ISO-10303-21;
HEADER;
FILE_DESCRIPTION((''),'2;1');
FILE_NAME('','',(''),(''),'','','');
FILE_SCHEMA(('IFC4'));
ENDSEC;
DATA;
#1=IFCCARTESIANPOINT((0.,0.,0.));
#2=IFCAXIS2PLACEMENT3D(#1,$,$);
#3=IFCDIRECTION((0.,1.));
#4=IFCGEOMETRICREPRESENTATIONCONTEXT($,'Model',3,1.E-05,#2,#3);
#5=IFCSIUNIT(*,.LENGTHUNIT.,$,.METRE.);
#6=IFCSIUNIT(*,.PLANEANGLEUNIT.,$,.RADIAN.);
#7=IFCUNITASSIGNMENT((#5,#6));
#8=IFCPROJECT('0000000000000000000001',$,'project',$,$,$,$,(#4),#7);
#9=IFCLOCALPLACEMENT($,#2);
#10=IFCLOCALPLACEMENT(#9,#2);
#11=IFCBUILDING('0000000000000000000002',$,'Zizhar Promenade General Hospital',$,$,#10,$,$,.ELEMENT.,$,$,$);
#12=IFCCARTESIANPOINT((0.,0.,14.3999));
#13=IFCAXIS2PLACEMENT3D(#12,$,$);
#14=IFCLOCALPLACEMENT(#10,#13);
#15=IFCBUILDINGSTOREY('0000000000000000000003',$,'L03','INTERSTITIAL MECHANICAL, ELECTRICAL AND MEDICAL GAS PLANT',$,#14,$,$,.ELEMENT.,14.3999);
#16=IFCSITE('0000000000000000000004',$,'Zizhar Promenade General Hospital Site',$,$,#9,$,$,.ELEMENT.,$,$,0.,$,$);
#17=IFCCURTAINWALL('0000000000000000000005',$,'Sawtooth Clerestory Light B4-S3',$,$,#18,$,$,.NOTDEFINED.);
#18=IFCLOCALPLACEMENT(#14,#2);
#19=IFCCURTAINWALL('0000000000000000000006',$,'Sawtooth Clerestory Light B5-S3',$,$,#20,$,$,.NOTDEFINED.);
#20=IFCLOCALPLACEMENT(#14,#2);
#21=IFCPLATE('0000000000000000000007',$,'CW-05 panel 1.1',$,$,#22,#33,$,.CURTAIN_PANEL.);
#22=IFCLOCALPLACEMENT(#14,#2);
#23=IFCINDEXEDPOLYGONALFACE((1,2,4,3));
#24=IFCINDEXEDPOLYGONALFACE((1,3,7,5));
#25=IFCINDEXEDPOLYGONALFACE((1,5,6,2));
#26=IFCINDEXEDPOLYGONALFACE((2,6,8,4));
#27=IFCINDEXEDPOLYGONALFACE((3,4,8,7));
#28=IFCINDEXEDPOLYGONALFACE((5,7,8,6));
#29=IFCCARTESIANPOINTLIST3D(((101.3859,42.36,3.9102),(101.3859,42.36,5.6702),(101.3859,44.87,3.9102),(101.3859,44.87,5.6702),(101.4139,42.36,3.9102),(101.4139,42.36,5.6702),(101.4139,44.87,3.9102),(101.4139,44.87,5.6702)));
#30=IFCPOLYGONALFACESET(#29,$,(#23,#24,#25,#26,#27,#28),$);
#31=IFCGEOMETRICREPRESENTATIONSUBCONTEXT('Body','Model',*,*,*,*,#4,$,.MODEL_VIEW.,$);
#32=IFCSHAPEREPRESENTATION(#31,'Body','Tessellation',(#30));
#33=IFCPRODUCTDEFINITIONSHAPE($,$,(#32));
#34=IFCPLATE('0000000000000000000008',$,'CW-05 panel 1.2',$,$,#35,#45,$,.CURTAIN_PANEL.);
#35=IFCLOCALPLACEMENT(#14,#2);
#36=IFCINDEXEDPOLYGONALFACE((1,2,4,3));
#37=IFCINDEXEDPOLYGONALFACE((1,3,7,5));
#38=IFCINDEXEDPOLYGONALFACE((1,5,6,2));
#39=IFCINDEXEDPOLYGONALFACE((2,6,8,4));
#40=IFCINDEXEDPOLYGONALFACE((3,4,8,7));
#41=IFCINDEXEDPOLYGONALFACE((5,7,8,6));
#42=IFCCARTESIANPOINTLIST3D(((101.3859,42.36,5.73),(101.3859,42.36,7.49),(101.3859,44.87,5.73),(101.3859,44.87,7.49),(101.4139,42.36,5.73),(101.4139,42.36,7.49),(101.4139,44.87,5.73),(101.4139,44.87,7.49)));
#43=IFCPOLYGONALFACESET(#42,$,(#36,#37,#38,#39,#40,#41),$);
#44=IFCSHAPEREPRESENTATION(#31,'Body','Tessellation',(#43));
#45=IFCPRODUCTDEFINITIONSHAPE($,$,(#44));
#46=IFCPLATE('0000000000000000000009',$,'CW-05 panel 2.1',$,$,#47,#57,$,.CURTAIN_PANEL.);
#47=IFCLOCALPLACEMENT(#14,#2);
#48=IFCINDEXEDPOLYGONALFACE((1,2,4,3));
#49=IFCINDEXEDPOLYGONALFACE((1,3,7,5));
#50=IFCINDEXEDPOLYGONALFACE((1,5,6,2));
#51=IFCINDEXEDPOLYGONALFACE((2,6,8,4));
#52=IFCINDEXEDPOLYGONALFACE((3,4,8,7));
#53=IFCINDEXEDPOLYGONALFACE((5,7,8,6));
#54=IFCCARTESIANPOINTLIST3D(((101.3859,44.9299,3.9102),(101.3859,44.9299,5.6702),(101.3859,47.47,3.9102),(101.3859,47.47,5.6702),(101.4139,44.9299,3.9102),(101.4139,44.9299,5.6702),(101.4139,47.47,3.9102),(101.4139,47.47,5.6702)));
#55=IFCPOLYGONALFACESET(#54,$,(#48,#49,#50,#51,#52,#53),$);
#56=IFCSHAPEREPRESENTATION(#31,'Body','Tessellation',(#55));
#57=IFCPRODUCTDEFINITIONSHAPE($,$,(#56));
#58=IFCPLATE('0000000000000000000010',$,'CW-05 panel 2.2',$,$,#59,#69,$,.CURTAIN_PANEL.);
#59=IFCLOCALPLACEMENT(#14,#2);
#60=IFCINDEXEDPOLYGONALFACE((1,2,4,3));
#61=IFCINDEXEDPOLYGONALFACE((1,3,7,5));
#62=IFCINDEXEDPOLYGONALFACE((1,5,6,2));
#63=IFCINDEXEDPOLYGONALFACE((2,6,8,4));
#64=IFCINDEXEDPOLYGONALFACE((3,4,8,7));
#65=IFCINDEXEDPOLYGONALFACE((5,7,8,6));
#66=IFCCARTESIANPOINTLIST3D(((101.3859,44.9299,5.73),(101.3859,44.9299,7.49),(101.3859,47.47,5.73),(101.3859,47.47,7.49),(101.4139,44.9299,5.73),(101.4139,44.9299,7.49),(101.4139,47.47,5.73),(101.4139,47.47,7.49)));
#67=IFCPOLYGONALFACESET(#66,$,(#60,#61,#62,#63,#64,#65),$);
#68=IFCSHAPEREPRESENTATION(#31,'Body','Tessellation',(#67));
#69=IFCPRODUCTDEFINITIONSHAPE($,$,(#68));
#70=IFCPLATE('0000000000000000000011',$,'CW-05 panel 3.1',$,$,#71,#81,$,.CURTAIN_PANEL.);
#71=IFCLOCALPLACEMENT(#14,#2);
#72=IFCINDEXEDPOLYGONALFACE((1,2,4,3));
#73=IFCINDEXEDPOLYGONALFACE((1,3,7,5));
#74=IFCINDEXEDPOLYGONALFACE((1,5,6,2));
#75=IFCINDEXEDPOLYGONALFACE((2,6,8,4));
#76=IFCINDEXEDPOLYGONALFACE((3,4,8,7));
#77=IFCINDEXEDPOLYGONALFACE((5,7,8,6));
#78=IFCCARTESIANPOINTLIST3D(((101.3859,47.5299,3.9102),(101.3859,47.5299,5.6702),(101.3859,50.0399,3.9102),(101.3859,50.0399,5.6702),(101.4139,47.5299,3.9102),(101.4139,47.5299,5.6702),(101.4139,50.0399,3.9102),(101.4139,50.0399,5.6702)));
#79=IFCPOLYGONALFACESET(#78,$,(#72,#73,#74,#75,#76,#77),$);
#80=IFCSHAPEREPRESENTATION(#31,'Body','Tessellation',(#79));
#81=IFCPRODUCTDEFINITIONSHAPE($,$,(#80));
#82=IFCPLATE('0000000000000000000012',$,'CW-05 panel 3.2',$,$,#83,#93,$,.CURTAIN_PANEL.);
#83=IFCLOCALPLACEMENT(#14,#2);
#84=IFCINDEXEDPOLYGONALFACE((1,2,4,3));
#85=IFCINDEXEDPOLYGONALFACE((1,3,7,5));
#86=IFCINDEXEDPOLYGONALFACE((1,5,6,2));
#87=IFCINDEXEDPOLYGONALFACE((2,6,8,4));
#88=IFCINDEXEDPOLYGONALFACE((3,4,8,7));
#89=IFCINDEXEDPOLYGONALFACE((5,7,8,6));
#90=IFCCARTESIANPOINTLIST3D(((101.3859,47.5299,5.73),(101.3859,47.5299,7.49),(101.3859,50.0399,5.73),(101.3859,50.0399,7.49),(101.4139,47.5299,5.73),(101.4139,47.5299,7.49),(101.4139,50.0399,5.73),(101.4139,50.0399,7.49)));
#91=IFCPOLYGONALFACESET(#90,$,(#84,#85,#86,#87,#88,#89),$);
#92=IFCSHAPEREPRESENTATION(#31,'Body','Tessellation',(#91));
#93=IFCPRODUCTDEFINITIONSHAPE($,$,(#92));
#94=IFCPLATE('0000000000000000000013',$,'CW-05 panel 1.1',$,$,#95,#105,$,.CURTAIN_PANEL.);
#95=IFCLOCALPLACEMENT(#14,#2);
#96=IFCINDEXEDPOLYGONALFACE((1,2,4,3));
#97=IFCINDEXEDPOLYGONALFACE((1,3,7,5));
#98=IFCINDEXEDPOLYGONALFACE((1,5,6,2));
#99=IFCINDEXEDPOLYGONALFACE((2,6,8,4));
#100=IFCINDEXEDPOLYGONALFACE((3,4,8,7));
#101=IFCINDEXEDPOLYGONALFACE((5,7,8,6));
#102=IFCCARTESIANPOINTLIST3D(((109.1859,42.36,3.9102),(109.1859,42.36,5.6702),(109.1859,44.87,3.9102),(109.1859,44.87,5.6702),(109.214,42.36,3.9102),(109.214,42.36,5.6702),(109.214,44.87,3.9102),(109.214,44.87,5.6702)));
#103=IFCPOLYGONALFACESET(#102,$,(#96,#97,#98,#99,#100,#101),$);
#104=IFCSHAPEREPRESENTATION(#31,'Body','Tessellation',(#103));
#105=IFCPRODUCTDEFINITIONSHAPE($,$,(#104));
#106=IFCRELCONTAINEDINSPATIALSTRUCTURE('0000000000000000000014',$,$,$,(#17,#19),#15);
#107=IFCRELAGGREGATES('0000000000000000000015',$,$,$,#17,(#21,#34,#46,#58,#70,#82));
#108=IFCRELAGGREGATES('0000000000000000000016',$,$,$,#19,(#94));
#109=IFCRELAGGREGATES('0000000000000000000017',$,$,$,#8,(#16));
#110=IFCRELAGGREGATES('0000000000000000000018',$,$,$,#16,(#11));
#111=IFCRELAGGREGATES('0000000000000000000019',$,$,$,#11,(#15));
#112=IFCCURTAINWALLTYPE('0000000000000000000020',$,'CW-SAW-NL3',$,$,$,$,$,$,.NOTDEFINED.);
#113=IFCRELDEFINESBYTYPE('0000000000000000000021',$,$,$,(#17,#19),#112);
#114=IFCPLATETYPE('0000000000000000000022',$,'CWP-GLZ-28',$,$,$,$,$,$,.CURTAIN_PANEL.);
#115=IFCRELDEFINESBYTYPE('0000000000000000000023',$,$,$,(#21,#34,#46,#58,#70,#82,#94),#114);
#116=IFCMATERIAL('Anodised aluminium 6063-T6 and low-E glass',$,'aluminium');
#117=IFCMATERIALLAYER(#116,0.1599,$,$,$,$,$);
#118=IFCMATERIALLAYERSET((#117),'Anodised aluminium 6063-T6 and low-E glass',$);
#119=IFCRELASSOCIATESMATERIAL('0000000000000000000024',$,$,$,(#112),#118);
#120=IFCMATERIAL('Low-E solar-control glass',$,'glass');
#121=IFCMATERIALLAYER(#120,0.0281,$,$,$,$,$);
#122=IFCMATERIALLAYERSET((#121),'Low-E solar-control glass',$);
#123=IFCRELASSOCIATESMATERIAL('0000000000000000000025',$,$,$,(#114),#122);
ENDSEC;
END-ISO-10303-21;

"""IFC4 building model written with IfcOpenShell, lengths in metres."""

from ifc_helpers import new_model, si_unit, direction, frame, origin, origin_2d, place, context, subcontext, project, spatial, rectangle, extrude, material, layer, layer_set, type_object, element, aggregate, save


model = new_model("IFC4")

# Units and contexts
model_context = context("Model", 3, precision=1e-05, world=origin(), true_north=direction((0.0, 1.0)))
body_context = subcontext(model_context, "Body", "Model", "MODEL_VIEW")
ifc_project = project(units=[si_unit("LENGTHUNIT", "METRE"), si_unit("PLANEANGLEUNIT", "RADIAN")], contexts=[model_context])

# Site, building, storey
site_placement = place(None, origin())
site = spatial("IfcSite", under=ifc_project, at=site_placement, Name="Zizhar Promenade General Hospital Site", CompositionType="ELEMENT", RefElevation=0.0)
building_placement = place(site_placement, origin())
building = spatial("IfcBuilding", under=site, at=building_placement, Name="Zizhar Promenade General Hospital", CompositionType="ELEMENT")
storey_placement = place(building_placement, frame((0.0, 0.0, 14.3999)))
storey = spatial("IfcBuildingStorey", under=building, at=storey_placement, Name="L03", Description="INTERSTITIAL MECHANICAL, ELECTRICAL AND MEDICAL GAS PLANT", CompositionType="ELEMENT", Elevation=14.3999)

# Curtain walls
ifc_material_1 = material(Name="Anodised aluminium 6063-T6 and low-E glass", Category="aluminium")
ifc_layer_1 = layer(ifc_material_1, 0.1599)
ifc_layer_set_1 = layer_set([ifc_layer_1], Name="Anodised aluminium 6063-T6 and low-E glass")
curtain_wall_type = type_object("IfcCurtainWallType", Name="CW-SAW-NL3", PredefinedType="NOTDEFINED", material=ifc_layer_set_1)
curtain_wall_1_placement = place(storey_placement, origin())
curtain_wall_1 = element("IfcCurtainWall", 1, at=curtain_wall_1_placement, inside=storey, type_object=curtain_wall_type, Name="Sawtooth Clerestory Light B4-S3", PredefinedType="NOTDEFINED")
curtain_wall_2_placement = place(storey_placement, origin())
curtain_wall_2 = element("IfcCurtainWall", 2, at=curtain_wall_2_placement, inside=storey, type_object=curtain_wall_type, Name="Sawtooth Clerestory Light B5-S3", PredefinedType="NOTDEFINED")

# Plates
ifc_material_2 = material(Name="Low-E solar-control glass", Category="glass")
ifc_layer_2 = layer(ifc_material_2, 0.0281)
ifc_layer_set_2 = layer_set([ifc_layer_2], Name="Low-E solar-control glass")
plate_type = type_object("IfcPlateType", Name="CWP-GLZ-28", PredefinedType="CURTAIN_PANEL", material=ifc_layer_set_2)
plate_1_placement = place(storey_placement, frame((101.3999, 43.615, 3.9102), z_axis=(0.0, 0.0, 1.0), x_axis=(0.0, 1.0, 0.0)))
plate_1 = element("IfcPlate", 3, at=plate_1_placement, type_object=plate_type, Name="CW-05 panel 1.1", PredefinedType="CURTAIN_PANEL", context=body_context, shape_type="SweptSolid", body=[
    extrude(rectangle(XDim=2.51, YDim=0.0281, at=origin_2d()), origin(), (0.0, 0.0, 1.0), 1.76),
])
plate_2_placement = place(storey_placement, frame((101.3999, 43.615, 5.73), z_axis=(0.0, 0.0, 1.0), x_axis=(0.0, 1.0, 0.0)))
plate_2 = element("IfcPlate", 4, at=plate_2_placement, type_object=plate_type, Name="CW-05 panel 1.2", PredefinedType="CURTAIN_PANEL", context=body_context, shape_type="SweptSolid", body=[
    extrude(rectangle(XDim=2.51, YDim=0.0281, at=origin_2d()), origin(), (0.0, 0.0, 1.0), 1.76),
])
plate_3_placement = place(storey_placement, frame((101.3999, 46.2, 3.9102), z_axis=(0.0, 0.0, 1.0), x_axis=(0.0, 1.0, 0.0)))
plate_3 = element("IfcPlate", 5, at=plate_3_placement, type_object=plate_type, Name="CW-05 panel 2.1", PredefinedType="CURTAIN_PANEL", context=body_context, shape_type="SweptSolid", body=[
    extrude(rectangle(XDim=2.54, YDim=0.0281, at=origin_2d()), origin(), (0.0, 0.0, 1.0), 1.76),
])
plate_4_placement = place(storey_placement, frame((101.3999, 46.2, 5.73), z_axis=(0.0, 0.0, 1.0), x_axis=(0.0, 1.0, 0.0)))
plate_4 = element("IfcPlate", 6, at=plate_4_placement, type_object=plate_type, Name="CW-05 panel 2.2", PredefinedType="CURTAIN_PANEL", context=body_context, shape_type="SweptSolid", body=[
    extrude(rectangle(XDim=2.54, YDim=0.0281, at=origin_2d()), origin(), (0.0, 0.0, 1.0), 1.76),
])
plate_5_placement = place(storey_placement, frame((101.3999, 48.7849, 3.9102), z_axis=(0.0, 0.0, 1.0), x_axis=(0.0, 1.0, 0.0)))
plate_5 = element("IfcPlate", 7, at=plate_5_placement, type_object=plate_type, Name="CW-05 panel 3.1", PredefinedType="CURTAIN_PANEL", context=body_context, shape_type="SweptSolid", body=[
    extrude(rectangle(XDim=2.51, YDim=0.0281, at=origin_2d()), origin(), (0.0, 0.0, 1.0), 1.76),
])
plate_6_placement = place(storey_placement, frame((101.3999, 48.7849, 5.73), z_axis=(0.0, 0.0, 1.0), x_axis=(0.0, 1.0, 0.0)))
plate_6 = element("IfcPlate", 8, at=plate_6_placement, type_object=plate_type, Name="CW-05 panel 3.2", PredefinedType="CURTAIN_PANEL", context=body_context, shape_type="SweptSolid", body=[
    extrude(rectangle(XDim=2.51, YDim=0.0281, at=origin_2d()), origin(), (0.0, 0.0, 1.0), 1.76),
])
aggregate(curtain_wall_1, [plate_1, plate_2, plate_3, plate_4, plate_5, plate_6])
plate_7_placement = place(storey_placement, frame((109.2, 43.615, 3.9102), z_axis=(0.0, 0.0, 1.0), x_axis=(0.0, 1.0, 0.0)))
plate_7 = element("IfcPlate", 9, at=plate_7_placement, type_object=plate_type, Name="CW-05 panel 1.1", PredefinedType="CURTAIN_PANEL", context=body_context, shape_type="SweptSolid", body=[
    extrude(rectangle(XDim=2.51, YDim=0.0281, at=origin_2d()), origin(), (0.0, 0.0, 1.0), 1.76),
])
aggregate(curtain_wall_2, [plate_7])

save(model, "model.ifc")
